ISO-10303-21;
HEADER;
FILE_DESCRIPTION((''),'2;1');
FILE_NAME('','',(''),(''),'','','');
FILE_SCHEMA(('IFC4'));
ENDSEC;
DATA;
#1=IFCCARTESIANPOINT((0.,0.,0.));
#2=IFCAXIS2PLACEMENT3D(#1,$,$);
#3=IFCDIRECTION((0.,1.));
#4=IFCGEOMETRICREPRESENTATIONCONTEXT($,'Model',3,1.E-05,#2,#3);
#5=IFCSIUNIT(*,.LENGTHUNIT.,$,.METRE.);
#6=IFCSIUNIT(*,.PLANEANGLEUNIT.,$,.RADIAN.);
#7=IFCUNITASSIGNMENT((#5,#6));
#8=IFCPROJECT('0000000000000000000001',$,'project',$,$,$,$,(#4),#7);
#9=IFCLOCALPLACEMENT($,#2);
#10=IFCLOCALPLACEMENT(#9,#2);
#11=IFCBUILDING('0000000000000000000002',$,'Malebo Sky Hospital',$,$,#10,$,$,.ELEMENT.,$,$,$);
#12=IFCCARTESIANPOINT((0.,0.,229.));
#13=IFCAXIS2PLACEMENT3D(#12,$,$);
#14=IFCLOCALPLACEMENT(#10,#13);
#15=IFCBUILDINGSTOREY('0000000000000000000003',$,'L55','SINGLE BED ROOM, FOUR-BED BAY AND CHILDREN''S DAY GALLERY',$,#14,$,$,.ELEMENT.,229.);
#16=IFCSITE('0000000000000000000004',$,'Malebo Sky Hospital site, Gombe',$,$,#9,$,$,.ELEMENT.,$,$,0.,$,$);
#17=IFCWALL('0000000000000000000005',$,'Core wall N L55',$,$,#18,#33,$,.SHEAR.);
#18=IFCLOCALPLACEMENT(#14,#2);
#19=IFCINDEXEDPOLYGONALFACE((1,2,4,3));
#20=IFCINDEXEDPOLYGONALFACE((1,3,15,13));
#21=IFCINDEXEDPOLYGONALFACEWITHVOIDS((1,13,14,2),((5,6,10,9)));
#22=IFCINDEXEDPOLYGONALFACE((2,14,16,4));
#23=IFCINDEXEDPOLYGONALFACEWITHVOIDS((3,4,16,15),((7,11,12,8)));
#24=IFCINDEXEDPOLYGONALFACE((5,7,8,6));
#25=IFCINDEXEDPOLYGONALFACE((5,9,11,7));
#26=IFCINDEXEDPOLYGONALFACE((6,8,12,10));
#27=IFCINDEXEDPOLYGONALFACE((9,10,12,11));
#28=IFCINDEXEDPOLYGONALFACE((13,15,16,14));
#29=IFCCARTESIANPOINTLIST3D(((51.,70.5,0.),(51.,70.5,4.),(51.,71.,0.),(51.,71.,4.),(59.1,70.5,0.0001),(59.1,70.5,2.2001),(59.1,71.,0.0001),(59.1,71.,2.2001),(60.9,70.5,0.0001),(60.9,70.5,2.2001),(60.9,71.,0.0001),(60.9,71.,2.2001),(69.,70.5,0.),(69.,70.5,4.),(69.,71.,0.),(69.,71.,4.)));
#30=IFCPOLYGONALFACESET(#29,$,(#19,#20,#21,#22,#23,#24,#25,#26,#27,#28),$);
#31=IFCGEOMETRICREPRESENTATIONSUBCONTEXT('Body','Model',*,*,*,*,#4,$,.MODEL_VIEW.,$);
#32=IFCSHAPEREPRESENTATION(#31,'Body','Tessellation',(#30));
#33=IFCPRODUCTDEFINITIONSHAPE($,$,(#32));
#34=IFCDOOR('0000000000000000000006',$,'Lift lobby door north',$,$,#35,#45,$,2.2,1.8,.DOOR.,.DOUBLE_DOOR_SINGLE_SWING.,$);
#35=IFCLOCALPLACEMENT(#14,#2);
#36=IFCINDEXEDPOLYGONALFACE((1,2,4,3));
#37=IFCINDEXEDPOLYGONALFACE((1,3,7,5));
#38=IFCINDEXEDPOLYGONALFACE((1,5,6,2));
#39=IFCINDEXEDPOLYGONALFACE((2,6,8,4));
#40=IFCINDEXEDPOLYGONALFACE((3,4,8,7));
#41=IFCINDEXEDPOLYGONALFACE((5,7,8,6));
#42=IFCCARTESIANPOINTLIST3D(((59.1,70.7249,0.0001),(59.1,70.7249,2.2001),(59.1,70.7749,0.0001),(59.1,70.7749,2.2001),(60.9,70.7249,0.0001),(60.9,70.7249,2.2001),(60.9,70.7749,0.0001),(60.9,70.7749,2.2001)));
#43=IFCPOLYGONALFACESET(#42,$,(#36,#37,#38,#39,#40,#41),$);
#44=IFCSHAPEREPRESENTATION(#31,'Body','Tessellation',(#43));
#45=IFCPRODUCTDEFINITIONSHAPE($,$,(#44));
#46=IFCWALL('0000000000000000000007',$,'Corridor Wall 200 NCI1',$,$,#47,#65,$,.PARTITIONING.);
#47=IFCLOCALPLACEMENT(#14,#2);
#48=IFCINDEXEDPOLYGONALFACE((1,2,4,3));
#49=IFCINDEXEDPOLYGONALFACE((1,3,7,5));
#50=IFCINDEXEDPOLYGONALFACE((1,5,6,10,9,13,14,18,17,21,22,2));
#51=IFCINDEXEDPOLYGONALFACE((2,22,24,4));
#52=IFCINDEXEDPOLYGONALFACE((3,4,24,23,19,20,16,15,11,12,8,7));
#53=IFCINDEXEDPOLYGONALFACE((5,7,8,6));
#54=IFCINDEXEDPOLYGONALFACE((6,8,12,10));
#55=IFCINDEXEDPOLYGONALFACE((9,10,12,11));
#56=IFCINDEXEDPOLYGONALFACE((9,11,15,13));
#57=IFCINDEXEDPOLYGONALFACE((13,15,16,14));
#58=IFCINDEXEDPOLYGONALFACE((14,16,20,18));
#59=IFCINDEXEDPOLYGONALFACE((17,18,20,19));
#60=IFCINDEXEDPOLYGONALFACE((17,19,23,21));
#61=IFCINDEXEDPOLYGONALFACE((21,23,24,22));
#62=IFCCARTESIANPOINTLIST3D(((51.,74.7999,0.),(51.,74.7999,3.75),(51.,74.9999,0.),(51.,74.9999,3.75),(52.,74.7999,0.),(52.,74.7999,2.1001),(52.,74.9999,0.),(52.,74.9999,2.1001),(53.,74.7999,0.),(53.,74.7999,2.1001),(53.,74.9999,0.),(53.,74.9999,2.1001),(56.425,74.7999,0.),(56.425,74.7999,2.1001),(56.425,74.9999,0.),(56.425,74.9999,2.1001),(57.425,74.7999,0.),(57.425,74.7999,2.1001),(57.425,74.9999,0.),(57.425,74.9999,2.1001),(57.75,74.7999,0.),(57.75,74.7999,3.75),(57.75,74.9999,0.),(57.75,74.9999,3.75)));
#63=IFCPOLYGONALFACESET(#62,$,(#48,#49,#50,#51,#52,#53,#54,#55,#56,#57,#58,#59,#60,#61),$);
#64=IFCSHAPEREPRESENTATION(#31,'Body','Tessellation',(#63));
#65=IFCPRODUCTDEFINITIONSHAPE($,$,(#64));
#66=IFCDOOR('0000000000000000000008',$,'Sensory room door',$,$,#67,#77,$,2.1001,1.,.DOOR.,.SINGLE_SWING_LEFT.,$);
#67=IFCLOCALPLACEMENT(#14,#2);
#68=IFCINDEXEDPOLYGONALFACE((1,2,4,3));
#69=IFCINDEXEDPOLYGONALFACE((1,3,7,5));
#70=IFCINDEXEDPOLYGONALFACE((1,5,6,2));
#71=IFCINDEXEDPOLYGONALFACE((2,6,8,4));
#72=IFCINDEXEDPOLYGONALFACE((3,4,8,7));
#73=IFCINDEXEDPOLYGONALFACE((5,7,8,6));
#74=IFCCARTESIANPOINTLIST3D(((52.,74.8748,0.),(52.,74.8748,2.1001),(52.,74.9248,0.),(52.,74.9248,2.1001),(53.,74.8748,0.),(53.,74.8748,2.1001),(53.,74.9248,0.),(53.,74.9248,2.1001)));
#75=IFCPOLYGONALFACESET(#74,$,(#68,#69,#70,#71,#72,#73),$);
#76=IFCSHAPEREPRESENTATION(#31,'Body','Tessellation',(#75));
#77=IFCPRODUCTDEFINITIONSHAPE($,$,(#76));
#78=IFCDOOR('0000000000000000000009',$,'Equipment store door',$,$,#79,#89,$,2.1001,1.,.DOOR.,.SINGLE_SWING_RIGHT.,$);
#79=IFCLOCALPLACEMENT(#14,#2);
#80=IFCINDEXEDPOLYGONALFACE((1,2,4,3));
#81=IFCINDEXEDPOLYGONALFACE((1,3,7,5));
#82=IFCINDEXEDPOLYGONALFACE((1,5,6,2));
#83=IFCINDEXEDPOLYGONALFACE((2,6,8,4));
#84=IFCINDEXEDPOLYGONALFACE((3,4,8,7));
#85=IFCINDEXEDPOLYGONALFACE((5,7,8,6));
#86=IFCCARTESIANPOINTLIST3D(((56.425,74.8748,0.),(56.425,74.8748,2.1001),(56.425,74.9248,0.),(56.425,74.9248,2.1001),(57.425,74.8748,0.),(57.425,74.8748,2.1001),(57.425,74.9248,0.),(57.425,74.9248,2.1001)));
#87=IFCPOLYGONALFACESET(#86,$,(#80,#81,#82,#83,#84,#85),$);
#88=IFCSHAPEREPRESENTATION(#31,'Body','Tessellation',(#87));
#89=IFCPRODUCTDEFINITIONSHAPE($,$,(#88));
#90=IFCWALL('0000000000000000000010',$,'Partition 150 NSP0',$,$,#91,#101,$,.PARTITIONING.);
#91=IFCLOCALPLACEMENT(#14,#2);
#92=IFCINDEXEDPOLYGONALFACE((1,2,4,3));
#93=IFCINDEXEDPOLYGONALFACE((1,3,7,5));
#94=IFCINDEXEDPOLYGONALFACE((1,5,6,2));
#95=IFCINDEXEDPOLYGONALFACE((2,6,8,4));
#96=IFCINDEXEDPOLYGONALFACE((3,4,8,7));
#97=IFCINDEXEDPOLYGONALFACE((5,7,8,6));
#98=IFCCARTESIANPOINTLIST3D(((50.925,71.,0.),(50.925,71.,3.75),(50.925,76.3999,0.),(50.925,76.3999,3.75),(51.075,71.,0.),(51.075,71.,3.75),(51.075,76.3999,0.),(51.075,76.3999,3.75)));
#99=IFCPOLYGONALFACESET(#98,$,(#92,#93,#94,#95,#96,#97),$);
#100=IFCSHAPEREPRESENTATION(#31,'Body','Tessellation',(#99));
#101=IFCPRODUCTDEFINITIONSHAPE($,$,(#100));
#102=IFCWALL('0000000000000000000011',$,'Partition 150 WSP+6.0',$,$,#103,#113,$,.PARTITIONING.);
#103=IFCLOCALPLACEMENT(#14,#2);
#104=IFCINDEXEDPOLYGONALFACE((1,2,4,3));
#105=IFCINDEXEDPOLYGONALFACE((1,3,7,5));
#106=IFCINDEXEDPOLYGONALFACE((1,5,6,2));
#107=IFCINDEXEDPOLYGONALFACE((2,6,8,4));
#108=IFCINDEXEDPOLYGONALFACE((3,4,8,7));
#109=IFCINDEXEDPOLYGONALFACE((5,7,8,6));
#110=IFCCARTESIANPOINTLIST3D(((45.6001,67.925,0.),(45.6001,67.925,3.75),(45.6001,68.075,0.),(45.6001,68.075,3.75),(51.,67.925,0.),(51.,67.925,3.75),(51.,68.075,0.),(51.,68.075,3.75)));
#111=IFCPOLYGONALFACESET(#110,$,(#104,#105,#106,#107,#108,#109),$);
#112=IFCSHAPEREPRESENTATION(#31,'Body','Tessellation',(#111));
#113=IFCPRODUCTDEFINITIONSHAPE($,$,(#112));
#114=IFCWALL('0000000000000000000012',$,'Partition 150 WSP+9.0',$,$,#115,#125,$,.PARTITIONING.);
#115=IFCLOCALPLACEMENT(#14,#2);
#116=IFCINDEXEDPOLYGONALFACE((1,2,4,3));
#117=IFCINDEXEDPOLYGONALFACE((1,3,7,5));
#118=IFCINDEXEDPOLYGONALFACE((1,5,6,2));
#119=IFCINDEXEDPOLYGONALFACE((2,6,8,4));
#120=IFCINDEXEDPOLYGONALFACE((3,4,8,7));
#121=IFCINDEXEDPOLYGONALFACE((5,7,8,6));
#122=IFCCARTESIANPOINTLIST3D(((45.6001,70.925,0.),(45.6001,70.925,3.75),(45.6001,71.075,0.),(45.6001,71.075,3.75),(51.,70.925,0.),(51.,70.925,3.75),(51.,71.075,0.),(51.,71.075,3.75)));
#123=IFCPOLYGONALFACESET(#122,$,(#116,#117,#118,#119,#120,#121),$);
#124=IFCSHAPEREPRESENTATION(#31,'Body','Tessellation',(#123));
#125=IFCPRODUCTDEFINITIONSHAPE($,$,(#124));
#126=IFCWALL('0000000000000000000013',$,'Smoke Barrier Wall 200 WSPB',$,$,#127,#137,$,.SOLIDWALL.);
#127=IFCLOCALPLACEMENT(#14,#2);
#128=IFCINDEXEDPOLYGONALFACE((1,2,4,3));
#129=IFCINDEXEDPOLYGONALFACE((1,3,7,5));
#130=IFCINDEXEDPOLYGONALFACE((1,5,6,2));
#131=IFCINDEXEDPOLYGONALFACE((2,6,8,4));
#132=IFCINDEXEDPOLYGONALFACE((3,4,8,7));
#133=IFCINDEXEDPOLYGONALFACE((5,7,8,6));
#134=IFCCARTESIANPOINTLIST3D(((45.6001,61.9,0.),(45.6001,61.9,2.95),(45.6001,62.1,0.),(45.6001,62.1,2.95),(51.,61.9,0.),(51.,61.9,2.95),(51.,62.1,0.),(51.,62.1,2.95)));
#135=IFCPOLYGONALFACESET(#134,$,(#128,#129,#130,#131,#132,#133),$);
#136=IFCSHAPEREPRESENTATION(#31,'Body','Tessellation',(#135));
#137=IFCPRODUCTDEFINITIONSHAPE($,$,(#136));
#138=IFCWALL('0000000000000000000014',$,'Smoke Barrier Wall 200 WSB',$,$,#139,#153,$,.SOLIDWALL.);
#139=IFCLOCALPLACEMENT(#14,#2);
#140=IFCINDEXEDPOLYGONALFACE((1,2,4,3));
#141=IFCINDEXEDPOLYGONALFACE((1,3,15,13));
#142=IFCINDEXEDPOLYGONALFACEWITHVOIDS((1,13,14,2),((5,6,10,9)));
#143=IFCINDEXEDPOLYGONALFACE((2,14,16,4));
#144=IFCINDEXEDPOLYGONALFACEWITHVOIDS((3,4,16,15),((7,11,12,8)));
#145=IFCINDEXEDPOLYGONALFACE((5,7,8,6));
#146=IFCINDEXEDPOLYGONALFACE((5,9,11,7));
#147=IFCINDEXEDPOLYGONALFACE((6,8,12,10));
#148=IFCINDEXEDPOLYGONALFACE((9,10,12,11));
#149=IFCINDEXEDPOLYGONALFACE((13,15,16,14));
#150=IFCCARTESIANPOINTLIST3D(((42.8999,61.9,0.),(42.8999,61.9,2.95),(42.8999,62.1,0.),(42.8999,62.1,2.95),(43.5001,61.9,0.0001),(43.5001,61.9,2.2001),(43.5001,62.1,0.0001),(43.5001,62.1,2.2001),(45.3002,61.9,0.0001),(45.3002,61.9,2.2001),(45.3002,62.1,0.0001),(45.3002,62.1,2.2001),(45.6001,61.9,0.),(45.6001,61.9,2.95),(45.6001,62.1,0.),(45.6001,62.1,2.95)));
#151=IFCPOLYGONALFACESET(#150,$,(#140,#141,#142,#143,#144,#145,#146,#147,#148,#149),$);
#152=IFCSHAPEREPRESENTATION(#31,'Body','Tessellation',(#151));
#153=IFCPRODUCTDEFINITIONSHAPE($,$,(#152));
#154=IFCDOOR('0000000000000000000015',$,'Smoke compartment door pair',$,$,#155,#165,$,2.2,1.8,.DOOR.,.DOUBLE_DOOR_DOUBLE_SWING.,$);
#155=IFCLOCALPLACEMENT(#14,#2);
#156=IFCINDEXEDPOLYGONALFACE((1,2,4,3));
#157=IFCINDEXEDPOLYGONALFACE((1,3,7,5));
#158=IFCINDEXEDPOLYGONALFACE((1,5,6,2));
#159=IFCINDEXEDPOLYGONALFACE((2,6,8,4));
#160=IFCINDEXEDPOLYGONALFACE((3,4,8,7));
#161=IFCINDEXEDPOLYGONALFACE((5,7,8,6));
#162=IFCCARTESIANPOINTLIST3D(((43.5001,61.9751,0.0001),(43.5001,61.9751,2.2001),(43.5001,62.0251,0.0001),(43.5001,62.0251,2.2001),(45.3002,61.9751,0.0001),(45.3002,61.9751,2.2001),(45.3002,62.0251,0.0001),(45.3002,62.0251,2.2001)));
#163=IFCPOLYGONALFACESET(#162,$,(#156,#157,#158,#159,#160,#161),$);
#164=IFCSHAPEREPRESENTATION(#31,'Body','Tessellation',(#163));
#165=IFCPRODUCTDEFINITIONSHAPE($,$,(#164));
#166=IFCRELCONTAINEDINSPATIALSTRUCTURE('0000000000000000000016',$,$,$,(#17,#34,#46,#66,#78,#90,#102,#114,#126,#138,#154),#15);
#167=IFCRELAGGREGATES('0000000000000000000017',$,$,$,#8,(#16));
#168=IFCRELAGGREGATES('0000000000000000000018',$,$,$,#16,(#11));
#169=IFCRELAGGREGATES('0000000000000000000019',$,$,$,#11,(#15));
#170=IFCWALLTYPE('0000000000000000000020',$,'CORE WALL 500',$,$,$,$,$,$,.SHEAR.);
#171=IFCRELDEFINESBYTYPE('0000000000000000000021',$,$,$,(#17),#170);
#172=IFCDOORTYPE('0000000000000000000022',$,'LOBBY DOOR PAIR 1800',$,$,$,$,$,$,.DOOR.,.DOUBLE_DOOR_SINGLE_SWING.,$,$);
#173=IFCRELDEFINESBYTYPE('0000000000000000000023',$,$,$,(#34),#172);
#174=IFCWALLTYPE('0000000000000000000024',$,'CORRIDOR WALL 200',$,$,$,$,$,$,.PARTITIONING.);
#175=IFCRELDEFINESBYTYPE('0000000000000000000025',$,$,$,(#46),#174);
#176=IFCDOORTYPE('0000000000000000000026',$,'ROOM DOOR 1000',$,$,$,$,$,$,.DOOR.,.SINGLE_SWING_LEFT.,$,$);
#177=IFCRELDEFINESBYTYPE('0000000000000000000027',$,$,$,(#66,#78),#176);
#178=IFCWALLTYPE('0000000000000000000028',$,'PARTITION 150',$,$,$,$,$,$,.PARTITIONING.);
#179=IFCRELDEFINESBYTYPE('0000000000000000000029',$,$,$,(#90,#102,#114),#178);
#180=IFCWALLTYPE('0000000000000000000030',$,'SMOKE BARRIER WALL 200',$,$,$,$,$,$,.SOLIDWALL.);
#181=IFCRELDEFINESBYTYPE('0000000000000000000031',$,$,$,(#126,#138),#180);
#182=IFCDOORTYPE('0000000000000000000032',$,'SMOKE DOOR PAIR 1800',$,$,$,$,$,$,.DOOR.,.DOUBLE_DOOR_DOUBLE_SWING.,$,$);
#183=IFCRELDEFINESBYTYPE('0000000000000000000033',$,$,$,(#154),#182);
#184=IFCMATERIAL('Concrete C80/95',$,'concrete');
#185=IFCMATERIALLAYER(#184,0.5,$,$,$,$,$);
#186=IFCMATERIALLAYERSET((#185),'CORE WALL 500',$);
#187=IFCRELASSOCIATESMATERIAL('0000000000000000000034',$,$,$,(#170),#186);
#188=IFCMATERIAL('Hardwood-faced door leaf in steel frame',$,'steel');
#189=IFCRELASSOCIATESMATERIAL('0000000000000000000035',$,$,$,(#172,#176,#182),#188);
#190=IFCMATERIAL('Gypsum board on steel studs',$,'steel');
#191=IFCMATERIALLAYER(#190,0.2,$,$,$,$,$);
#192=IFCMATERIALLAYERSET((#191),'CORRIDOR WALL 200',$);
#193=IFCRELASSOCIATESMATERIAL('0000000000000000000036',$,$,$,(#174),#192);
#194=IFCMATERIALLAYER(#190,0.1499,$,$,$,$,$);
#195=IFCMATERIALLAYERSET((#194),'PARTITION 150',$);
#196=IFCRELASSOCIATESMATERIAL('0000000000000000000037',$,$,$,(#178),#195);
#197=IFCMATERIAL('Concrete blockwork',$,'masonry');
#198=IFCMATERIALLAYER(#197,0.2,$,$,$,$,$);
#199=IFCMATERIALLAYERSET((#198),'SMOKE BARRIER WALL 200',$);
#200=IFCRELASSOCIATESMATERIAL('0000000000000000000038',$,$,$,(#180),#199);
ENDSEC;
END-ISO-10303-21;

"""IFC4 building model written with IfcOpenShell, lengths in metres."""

from ifc_helpers import new_model, si_unit, direction, frame, frame_2d, origin, place, context, subcontext, project, spatial, rectangle, extrude, material, layer, layer_set, type_object, element, fill, save


model = new_model("IFC4")

# Units and contexts
model_context = context("Model", 3, precision=1e-05, world=origin(), true_north=direction((0.0, 1.0)))
body_context = subcontext(model_context, "Body", "Model", "MODEL_VIEW")
ifc_project = project(units=[si_unit("LENGTHUNIT", "METRE"), si_unit("PLANEANGLEUNIT", "RADIAN")], contexts=[model_context])

# Site, building, storey
site_placement = place(None, origin())
site = spatial("IfcSite", under=ifc_project, at=site_placement, Name="Malebo Sky Hospital site, Gombe", CompositionType="ELEMENT", RefElevation=0.0)
building_placement = place(site_placement, origin())
building = spatial("IfcBuilding", under=site, at=building_placement, Name="Malebo Sky Hospital", CompositionType="ELEMENT")
storey_placement = place(building_placement, frame((0.0, 0.0, 229.0)))
storey = spatial("IfcBuildingStorey", under=building, at=storey_placement, Name="L55", Description="SINGLE BED ROOM, FOUR-BED BAY AND CHILDREN'S DAY GALLERY", CompositionType="ELEMENT", Elevation=229.0)

# Wall, opening, door
ifc_material_1 = material(Name="Concrete C80/95", Category="concrete")
ifc_material_2 = material(Name="Hardwood-faced door leaf in steel frame", Category="steel")
ifc_layer_1 = layer(ifc_material_1, 0.5)
ifc_layer_set_1 = layer_set([ifc_layer_1], Name="CORE WALL 500")
wall_type_1 = type_object("IfcWallType", Name="CORE WALL 500", PredefinedType="SHEAR", material=ifc_layer_set_1)
wall_1_placement = place(storey_placement, frame((51.0, 70.75, 0.0), z_axis=(0.0, 0.0, 1.0), x_axis=(1.0, 0.0, 0.0)))
wall_1 = element("IfcWall", 1, at=wall_1_placement, inside=storey, type_object=wall_type_1, Name="Core wall N L55", PredefinedType="SHEAR", context=body_context, shape_type="SweptSolid", body=[
    extrude(rectangle(XDim=18.0, YDim=0.5, at=frame_2d((9.0, 0.0))), origin(), (0.0, 0.0, 1.0), 4.0),
])
opening_1_placement = place(wall_1_placement, frame((8.1001, 0.0, 0.0)))
opening_1 = element("IfcOpeningElement", 2, at=opening_1_placement, cuts=wall_1, PredefinedType="OPENING", context=body_context, shape_type="SweptSolid", body=[
    extrude(rectangle(XDim=1.8, YDim=2.2, at=frame_2d((0.8999, 1.1001))), frame((0.0, 0.26, 0.0), z_axis=(0.0, -1.0, 0.0), x_axis=(1.0, 0.0, 0.0)), (0.0, 0.0, 1.0), 0.52),
])
door_type_1 = type_object("IfcDoorType", Name="LOBBY DOOR PAIR 1800", OperationType="DOUBLE_DOOR_SINGLE_SWING", PredefinedType="DOOR", material=ifc_material_2)
door_1_placement = place(opening_1_placement, origin())
door_1 = element("IfcDoor", 3, at=door_1_placement, inside=storey, type_object=door_type_1, Name="Lift lobby door north", OperationType="DOUBLE_DOOR_SINGLE_SWING", OverallHeight=2.2, OverallWidth=1.8, PredefinedType="DOOR", context=body_context, shape_type="SweptSolid", body=[
    extrude(rectangle(XDim=1.8, YDim=2.2, at=frame_2d((0.8999, 1.1001))), frame((0.0, 0.0249, 0.0), z_axis=(0.0, -1.0, 0.0), x_axis=(1.0, 0.0, 0.0)), (0.0, 0.0, 1.0), 0.05),
])
fill(opening_1, door_1)

# Wall, openings, doors
ifc_material_3 = material(Name="Gypsum board on steel studs", Category="steel")
ifc_layer_2 = layer(ifc_material_3, 0.2)
ifc_layer_set_2 = layer_set([ifc_layer_2], Name="CORRIDOR WALL 200")
wall_type_2 = type_object("IfcWallType", Name="CORRIDOR WALL 200", PredefinedType="PARTITIONING", material=ifc_layer_set_2)
wall_2_placement = place(storey_placement, frame((51.0, 74.8999, 0.0), z_axis=(0.0, 0.0, 1.0), x_axis=(1.0, 0.0, 0.0)))
wall_2 = element("IfcWall", 4, at=wall_2_placement, inside=storey, type_object=wall_type_2, Name="Corridor Wall 200 NCI1", PredefinedType="PARTITIONING", context=body_context, shape_type="SweptSolid", body=[
    extrude(rectangle(XDim=6.75, YDim=0.2, at=frame_2d((3.375, 0.0))), origin(), (0.0, 0.0, 1.0), 3.75),
])
opening_2_placement = place(wall_2_placement, frame((1.0, 0.0, 0.0)))
opening_2 = element("IfcOpeningElement", 5, at=opening_2_placement, cuts=wall_2, PredefinedType="OPENING", context=body_context, shape_type="SweptSolid", body=[
    extrude(rectangle(XDim=1.0, YDim=2.1001, at=frame_2d((0.5, 1.05))), frame((0.0, 0.1099, 0.0), z_axis=(0.0, -1.0, 0.0), x_axis=(1.0, 0.0, 0.0)), (0.0, 0.0, 1.0), 0.22),
])
opening_3_placement = place(wall_2_placement, frame((5.425, 0.0, 0.0)))
opening_3 = element("IfcOpeningElement", 6, at=opening_3_placement, cuts=wall_2, PredefinedType="OPENING", context=body_context, shape_type="SweptSolid", body=[
    extrude(rectangle(XDim=1.0, YDim=2.1001, at=frame_2d((0.5, 1.05))), frame((0.0, 0.1099, 0.0), z_axis=(0.0, -1.0, 0.0), x_axis=(1.0, 0.0, 0.0)), (0.0, 0.0, 1.0), 0.22),
])
door_type_2 = type_object("IfcDoorType", Name="ROOM DOOR 1000", OperationType="SINGLE_SWING_LEFT", PredefinedType="DOOR", material=ifc_material_2)
door_2_placement = place(opening_2_placement, origin())
door_2 = element("IfcDoor", 7, at=door_2_placement, inside=storey, type_object=door_type_2, Name="Sensory room door", OperationType="SINGLE_SWING_LEFT", OverallHeight=2.1001, OverallWidth=1.0, PredefinedType="DOOR", context=body_context, shape_type="SweptSolid", body=[
    extrude(rectangle(XDim=1.0, YDim=2.1001, at=frame_2d((0.5, 1.05))), frame((0.0, 0.0249, 0.0), z_axis=(0.0, -1.0, 0.0), x_axis=(1.0, 0.0, 0.0)), (0.0, 0.0, 1.0), 0.05),
])
fill(opening_2, door_2)
door_3_placement = place(opening_3_placement, origin())
door_3 = element("IfcDoor", 8, at=door_3_placement, inside=storey, type_object=door_type_2, Name="Equipment store door", OperationType="SINGLE_SWING_RIGHT", OverallHeight=2.1001, OverallWidth=1.0, PredefinedType="DOOR", context=body_context, shape_type="SweptSolid", body=[
    extrude(rectangle(XDim=1.0, YDim=2.1001, at=frame_2d((0.5, 1.05))), frame((0.0, 0.0249, 0.0), z_axis=(0.0, -1.0, 0.0), x_axis=(1.0, 0.0, 0.0)), (0.0, 0.0, 1.0), 0.05),
])
fill(opening_3, door_3)

# Walls
ifc_layer_3 = layer(ifc_material_3, 0.1499)
ifc_layer_set_3 = layer_set([ifc_layer_3], Name="PARTITION 150")
wall_type_3 = type_object("IfcWallType", Name="PARTITION 150", PredefinedType="PARTITIONING", material=ifc_layer_set_3)
for number, where, z_axis, x_axis, name in (
    (9, (51.0, 71.0, 0.0), (0.0, 0.0, 1.0), (0.0, 1.0, 0.0), "Partition 150 NSP0"),
    (10, (51.0, 68.0, 0.0), (0.0, 0.0, 1.0), (-1.0, 0.0, 0.0), "Partition 150 WSP+6.0"),
    (11, (51.0, 71.0, 0.0), (0.0, 0.0, 1.0), (-1.0, 0.0, 0.0), "Partition 150 WSP+9.0"),
):
    element("IfcWall", number, at=place(storey_placement, frame(where, z_axis=z_axis, x_axis=x_axis)), inside=storey, type_object=wall_type_3, Name=name, PredefinedType="PARTITIONING", context=body_context, shape_type="SweptSolid", body=[
        extrude(rectangle(XDim=5.3999, YDim=0.1499, at=frame_2d((2.7, 0.0))), origin(), (0.0, 0.0, 1.0), 3.75),
    ])
ifc_material_4 = material(Name="Concrete blockwork", Category="masonry")
ifc_layer_4 = layer(ifc_material_4, 0.2)
ifc_layer_set_4 = layer_set([ifc_layer_4], Name="SMOKE BARRIER WALL 200")
wall_type_4 = type_object("IfcWallType", Name="SMOKE BARRIER WALL 200", PredefinedType="SOLIDWALL", material=ifc_layer_set_4)
wall_3_placement = place(storey_placement, frame((51.0, 62.0, 0.0), z_axis=(0.0, 0.0, 1.0), x_axis=(-1.0, 0.0, 0.0)))
element("IfcWall", 12, at=wall_3_placement, inside=storey, type_object=wall_type_4, Name="Smoke Barrier Wall 200 WSPB", PredefinedType="SOLIDWALL", context=body_context, shape_type="SweptSolid", body=[
    extrude(rectangle(XDim=5.3999, YDim=0.2, at=frame_2d((2.7, 0.0))), origin(), (0.0, 0.0, 1.0), 2.95),
])

# Wall, opening, door
wall_4_placement = place(storey_placement, frame((45.6001, 62.0, 0.0), z_axis=(0.0, 0.0, 1.0), x_axis=(-1.0, 0.0, 0.0)))
wall_4 = element("IfcWall", 13, at=wall_4_placement, inside=storey, type_object=wall_type_4, Name="Smoke Barrier Wall 200 WSB", PredefinedType="SOLIDWALL", context=body_context, shape_type="SweptSolid", body=[
    extrude(rectangle(XDim=2.7002, YDim=0.2, at=frame_2d((1.3501, 0.0))), origin(), (0.0, 0.0, 1.0), 2.95),
])
opening_4_placement = place(wall_4_placement, frame((0.3, 0.0, 0.0)))
opening_4 = element("IfcOpeningElement", 14, at=opening_4_placement, cuts=wall_4, PredefinedType="OPENING", context=body_context, shape_type="SweptSolid", body=[
    extrude(rectangle(XDim=1.8, YDim=2.2, at=frame_2d((0.8999, 1.1001))), frame((0.0, 0.1099, 0.0), z_axis=(0.0, -1.0, 0.0), x_axis=(1.0, 0.0, 0.0)), (0.0, 0.0, 1.0), 0.22),
])
door_type_3 = type_object("IfcDoorType", Name="SMOKE DOOR PAIR 1800", OperationType="DOUBLE_DOOR_DOUBLE_SWING", PredefinedType="DOOR", material=ifc_material_2)
door_4_placement = place(opening_4_placement, origin())
door_4 = element("IfcDoor", 15, at=door_4_placement, inside=storey, type_object=door_type_3, Name="Smoke compartment door pair", OperationType="DOUBLE_DOOR_DOUBLE_SWING", OverallHeight=2.2, OverallWidth=1.8, PredefinedType="DOOR", context=body_context, shape_type="SweptSolid", body=[
    extrude(rectangle(XDim=1.8, YDim=2.2, at=frame_2d((0.8999, 1.1001))), frame((0.0, 0.0249, 0.0), z_axis=(0.0, -1.0, 0.0), x_axis=(1.0, 0.0, 0.0)), (0.0, 0.0, 1.0), 0.05),
])
fill(opening_4, door_4)

save(model, "model.ifc")
